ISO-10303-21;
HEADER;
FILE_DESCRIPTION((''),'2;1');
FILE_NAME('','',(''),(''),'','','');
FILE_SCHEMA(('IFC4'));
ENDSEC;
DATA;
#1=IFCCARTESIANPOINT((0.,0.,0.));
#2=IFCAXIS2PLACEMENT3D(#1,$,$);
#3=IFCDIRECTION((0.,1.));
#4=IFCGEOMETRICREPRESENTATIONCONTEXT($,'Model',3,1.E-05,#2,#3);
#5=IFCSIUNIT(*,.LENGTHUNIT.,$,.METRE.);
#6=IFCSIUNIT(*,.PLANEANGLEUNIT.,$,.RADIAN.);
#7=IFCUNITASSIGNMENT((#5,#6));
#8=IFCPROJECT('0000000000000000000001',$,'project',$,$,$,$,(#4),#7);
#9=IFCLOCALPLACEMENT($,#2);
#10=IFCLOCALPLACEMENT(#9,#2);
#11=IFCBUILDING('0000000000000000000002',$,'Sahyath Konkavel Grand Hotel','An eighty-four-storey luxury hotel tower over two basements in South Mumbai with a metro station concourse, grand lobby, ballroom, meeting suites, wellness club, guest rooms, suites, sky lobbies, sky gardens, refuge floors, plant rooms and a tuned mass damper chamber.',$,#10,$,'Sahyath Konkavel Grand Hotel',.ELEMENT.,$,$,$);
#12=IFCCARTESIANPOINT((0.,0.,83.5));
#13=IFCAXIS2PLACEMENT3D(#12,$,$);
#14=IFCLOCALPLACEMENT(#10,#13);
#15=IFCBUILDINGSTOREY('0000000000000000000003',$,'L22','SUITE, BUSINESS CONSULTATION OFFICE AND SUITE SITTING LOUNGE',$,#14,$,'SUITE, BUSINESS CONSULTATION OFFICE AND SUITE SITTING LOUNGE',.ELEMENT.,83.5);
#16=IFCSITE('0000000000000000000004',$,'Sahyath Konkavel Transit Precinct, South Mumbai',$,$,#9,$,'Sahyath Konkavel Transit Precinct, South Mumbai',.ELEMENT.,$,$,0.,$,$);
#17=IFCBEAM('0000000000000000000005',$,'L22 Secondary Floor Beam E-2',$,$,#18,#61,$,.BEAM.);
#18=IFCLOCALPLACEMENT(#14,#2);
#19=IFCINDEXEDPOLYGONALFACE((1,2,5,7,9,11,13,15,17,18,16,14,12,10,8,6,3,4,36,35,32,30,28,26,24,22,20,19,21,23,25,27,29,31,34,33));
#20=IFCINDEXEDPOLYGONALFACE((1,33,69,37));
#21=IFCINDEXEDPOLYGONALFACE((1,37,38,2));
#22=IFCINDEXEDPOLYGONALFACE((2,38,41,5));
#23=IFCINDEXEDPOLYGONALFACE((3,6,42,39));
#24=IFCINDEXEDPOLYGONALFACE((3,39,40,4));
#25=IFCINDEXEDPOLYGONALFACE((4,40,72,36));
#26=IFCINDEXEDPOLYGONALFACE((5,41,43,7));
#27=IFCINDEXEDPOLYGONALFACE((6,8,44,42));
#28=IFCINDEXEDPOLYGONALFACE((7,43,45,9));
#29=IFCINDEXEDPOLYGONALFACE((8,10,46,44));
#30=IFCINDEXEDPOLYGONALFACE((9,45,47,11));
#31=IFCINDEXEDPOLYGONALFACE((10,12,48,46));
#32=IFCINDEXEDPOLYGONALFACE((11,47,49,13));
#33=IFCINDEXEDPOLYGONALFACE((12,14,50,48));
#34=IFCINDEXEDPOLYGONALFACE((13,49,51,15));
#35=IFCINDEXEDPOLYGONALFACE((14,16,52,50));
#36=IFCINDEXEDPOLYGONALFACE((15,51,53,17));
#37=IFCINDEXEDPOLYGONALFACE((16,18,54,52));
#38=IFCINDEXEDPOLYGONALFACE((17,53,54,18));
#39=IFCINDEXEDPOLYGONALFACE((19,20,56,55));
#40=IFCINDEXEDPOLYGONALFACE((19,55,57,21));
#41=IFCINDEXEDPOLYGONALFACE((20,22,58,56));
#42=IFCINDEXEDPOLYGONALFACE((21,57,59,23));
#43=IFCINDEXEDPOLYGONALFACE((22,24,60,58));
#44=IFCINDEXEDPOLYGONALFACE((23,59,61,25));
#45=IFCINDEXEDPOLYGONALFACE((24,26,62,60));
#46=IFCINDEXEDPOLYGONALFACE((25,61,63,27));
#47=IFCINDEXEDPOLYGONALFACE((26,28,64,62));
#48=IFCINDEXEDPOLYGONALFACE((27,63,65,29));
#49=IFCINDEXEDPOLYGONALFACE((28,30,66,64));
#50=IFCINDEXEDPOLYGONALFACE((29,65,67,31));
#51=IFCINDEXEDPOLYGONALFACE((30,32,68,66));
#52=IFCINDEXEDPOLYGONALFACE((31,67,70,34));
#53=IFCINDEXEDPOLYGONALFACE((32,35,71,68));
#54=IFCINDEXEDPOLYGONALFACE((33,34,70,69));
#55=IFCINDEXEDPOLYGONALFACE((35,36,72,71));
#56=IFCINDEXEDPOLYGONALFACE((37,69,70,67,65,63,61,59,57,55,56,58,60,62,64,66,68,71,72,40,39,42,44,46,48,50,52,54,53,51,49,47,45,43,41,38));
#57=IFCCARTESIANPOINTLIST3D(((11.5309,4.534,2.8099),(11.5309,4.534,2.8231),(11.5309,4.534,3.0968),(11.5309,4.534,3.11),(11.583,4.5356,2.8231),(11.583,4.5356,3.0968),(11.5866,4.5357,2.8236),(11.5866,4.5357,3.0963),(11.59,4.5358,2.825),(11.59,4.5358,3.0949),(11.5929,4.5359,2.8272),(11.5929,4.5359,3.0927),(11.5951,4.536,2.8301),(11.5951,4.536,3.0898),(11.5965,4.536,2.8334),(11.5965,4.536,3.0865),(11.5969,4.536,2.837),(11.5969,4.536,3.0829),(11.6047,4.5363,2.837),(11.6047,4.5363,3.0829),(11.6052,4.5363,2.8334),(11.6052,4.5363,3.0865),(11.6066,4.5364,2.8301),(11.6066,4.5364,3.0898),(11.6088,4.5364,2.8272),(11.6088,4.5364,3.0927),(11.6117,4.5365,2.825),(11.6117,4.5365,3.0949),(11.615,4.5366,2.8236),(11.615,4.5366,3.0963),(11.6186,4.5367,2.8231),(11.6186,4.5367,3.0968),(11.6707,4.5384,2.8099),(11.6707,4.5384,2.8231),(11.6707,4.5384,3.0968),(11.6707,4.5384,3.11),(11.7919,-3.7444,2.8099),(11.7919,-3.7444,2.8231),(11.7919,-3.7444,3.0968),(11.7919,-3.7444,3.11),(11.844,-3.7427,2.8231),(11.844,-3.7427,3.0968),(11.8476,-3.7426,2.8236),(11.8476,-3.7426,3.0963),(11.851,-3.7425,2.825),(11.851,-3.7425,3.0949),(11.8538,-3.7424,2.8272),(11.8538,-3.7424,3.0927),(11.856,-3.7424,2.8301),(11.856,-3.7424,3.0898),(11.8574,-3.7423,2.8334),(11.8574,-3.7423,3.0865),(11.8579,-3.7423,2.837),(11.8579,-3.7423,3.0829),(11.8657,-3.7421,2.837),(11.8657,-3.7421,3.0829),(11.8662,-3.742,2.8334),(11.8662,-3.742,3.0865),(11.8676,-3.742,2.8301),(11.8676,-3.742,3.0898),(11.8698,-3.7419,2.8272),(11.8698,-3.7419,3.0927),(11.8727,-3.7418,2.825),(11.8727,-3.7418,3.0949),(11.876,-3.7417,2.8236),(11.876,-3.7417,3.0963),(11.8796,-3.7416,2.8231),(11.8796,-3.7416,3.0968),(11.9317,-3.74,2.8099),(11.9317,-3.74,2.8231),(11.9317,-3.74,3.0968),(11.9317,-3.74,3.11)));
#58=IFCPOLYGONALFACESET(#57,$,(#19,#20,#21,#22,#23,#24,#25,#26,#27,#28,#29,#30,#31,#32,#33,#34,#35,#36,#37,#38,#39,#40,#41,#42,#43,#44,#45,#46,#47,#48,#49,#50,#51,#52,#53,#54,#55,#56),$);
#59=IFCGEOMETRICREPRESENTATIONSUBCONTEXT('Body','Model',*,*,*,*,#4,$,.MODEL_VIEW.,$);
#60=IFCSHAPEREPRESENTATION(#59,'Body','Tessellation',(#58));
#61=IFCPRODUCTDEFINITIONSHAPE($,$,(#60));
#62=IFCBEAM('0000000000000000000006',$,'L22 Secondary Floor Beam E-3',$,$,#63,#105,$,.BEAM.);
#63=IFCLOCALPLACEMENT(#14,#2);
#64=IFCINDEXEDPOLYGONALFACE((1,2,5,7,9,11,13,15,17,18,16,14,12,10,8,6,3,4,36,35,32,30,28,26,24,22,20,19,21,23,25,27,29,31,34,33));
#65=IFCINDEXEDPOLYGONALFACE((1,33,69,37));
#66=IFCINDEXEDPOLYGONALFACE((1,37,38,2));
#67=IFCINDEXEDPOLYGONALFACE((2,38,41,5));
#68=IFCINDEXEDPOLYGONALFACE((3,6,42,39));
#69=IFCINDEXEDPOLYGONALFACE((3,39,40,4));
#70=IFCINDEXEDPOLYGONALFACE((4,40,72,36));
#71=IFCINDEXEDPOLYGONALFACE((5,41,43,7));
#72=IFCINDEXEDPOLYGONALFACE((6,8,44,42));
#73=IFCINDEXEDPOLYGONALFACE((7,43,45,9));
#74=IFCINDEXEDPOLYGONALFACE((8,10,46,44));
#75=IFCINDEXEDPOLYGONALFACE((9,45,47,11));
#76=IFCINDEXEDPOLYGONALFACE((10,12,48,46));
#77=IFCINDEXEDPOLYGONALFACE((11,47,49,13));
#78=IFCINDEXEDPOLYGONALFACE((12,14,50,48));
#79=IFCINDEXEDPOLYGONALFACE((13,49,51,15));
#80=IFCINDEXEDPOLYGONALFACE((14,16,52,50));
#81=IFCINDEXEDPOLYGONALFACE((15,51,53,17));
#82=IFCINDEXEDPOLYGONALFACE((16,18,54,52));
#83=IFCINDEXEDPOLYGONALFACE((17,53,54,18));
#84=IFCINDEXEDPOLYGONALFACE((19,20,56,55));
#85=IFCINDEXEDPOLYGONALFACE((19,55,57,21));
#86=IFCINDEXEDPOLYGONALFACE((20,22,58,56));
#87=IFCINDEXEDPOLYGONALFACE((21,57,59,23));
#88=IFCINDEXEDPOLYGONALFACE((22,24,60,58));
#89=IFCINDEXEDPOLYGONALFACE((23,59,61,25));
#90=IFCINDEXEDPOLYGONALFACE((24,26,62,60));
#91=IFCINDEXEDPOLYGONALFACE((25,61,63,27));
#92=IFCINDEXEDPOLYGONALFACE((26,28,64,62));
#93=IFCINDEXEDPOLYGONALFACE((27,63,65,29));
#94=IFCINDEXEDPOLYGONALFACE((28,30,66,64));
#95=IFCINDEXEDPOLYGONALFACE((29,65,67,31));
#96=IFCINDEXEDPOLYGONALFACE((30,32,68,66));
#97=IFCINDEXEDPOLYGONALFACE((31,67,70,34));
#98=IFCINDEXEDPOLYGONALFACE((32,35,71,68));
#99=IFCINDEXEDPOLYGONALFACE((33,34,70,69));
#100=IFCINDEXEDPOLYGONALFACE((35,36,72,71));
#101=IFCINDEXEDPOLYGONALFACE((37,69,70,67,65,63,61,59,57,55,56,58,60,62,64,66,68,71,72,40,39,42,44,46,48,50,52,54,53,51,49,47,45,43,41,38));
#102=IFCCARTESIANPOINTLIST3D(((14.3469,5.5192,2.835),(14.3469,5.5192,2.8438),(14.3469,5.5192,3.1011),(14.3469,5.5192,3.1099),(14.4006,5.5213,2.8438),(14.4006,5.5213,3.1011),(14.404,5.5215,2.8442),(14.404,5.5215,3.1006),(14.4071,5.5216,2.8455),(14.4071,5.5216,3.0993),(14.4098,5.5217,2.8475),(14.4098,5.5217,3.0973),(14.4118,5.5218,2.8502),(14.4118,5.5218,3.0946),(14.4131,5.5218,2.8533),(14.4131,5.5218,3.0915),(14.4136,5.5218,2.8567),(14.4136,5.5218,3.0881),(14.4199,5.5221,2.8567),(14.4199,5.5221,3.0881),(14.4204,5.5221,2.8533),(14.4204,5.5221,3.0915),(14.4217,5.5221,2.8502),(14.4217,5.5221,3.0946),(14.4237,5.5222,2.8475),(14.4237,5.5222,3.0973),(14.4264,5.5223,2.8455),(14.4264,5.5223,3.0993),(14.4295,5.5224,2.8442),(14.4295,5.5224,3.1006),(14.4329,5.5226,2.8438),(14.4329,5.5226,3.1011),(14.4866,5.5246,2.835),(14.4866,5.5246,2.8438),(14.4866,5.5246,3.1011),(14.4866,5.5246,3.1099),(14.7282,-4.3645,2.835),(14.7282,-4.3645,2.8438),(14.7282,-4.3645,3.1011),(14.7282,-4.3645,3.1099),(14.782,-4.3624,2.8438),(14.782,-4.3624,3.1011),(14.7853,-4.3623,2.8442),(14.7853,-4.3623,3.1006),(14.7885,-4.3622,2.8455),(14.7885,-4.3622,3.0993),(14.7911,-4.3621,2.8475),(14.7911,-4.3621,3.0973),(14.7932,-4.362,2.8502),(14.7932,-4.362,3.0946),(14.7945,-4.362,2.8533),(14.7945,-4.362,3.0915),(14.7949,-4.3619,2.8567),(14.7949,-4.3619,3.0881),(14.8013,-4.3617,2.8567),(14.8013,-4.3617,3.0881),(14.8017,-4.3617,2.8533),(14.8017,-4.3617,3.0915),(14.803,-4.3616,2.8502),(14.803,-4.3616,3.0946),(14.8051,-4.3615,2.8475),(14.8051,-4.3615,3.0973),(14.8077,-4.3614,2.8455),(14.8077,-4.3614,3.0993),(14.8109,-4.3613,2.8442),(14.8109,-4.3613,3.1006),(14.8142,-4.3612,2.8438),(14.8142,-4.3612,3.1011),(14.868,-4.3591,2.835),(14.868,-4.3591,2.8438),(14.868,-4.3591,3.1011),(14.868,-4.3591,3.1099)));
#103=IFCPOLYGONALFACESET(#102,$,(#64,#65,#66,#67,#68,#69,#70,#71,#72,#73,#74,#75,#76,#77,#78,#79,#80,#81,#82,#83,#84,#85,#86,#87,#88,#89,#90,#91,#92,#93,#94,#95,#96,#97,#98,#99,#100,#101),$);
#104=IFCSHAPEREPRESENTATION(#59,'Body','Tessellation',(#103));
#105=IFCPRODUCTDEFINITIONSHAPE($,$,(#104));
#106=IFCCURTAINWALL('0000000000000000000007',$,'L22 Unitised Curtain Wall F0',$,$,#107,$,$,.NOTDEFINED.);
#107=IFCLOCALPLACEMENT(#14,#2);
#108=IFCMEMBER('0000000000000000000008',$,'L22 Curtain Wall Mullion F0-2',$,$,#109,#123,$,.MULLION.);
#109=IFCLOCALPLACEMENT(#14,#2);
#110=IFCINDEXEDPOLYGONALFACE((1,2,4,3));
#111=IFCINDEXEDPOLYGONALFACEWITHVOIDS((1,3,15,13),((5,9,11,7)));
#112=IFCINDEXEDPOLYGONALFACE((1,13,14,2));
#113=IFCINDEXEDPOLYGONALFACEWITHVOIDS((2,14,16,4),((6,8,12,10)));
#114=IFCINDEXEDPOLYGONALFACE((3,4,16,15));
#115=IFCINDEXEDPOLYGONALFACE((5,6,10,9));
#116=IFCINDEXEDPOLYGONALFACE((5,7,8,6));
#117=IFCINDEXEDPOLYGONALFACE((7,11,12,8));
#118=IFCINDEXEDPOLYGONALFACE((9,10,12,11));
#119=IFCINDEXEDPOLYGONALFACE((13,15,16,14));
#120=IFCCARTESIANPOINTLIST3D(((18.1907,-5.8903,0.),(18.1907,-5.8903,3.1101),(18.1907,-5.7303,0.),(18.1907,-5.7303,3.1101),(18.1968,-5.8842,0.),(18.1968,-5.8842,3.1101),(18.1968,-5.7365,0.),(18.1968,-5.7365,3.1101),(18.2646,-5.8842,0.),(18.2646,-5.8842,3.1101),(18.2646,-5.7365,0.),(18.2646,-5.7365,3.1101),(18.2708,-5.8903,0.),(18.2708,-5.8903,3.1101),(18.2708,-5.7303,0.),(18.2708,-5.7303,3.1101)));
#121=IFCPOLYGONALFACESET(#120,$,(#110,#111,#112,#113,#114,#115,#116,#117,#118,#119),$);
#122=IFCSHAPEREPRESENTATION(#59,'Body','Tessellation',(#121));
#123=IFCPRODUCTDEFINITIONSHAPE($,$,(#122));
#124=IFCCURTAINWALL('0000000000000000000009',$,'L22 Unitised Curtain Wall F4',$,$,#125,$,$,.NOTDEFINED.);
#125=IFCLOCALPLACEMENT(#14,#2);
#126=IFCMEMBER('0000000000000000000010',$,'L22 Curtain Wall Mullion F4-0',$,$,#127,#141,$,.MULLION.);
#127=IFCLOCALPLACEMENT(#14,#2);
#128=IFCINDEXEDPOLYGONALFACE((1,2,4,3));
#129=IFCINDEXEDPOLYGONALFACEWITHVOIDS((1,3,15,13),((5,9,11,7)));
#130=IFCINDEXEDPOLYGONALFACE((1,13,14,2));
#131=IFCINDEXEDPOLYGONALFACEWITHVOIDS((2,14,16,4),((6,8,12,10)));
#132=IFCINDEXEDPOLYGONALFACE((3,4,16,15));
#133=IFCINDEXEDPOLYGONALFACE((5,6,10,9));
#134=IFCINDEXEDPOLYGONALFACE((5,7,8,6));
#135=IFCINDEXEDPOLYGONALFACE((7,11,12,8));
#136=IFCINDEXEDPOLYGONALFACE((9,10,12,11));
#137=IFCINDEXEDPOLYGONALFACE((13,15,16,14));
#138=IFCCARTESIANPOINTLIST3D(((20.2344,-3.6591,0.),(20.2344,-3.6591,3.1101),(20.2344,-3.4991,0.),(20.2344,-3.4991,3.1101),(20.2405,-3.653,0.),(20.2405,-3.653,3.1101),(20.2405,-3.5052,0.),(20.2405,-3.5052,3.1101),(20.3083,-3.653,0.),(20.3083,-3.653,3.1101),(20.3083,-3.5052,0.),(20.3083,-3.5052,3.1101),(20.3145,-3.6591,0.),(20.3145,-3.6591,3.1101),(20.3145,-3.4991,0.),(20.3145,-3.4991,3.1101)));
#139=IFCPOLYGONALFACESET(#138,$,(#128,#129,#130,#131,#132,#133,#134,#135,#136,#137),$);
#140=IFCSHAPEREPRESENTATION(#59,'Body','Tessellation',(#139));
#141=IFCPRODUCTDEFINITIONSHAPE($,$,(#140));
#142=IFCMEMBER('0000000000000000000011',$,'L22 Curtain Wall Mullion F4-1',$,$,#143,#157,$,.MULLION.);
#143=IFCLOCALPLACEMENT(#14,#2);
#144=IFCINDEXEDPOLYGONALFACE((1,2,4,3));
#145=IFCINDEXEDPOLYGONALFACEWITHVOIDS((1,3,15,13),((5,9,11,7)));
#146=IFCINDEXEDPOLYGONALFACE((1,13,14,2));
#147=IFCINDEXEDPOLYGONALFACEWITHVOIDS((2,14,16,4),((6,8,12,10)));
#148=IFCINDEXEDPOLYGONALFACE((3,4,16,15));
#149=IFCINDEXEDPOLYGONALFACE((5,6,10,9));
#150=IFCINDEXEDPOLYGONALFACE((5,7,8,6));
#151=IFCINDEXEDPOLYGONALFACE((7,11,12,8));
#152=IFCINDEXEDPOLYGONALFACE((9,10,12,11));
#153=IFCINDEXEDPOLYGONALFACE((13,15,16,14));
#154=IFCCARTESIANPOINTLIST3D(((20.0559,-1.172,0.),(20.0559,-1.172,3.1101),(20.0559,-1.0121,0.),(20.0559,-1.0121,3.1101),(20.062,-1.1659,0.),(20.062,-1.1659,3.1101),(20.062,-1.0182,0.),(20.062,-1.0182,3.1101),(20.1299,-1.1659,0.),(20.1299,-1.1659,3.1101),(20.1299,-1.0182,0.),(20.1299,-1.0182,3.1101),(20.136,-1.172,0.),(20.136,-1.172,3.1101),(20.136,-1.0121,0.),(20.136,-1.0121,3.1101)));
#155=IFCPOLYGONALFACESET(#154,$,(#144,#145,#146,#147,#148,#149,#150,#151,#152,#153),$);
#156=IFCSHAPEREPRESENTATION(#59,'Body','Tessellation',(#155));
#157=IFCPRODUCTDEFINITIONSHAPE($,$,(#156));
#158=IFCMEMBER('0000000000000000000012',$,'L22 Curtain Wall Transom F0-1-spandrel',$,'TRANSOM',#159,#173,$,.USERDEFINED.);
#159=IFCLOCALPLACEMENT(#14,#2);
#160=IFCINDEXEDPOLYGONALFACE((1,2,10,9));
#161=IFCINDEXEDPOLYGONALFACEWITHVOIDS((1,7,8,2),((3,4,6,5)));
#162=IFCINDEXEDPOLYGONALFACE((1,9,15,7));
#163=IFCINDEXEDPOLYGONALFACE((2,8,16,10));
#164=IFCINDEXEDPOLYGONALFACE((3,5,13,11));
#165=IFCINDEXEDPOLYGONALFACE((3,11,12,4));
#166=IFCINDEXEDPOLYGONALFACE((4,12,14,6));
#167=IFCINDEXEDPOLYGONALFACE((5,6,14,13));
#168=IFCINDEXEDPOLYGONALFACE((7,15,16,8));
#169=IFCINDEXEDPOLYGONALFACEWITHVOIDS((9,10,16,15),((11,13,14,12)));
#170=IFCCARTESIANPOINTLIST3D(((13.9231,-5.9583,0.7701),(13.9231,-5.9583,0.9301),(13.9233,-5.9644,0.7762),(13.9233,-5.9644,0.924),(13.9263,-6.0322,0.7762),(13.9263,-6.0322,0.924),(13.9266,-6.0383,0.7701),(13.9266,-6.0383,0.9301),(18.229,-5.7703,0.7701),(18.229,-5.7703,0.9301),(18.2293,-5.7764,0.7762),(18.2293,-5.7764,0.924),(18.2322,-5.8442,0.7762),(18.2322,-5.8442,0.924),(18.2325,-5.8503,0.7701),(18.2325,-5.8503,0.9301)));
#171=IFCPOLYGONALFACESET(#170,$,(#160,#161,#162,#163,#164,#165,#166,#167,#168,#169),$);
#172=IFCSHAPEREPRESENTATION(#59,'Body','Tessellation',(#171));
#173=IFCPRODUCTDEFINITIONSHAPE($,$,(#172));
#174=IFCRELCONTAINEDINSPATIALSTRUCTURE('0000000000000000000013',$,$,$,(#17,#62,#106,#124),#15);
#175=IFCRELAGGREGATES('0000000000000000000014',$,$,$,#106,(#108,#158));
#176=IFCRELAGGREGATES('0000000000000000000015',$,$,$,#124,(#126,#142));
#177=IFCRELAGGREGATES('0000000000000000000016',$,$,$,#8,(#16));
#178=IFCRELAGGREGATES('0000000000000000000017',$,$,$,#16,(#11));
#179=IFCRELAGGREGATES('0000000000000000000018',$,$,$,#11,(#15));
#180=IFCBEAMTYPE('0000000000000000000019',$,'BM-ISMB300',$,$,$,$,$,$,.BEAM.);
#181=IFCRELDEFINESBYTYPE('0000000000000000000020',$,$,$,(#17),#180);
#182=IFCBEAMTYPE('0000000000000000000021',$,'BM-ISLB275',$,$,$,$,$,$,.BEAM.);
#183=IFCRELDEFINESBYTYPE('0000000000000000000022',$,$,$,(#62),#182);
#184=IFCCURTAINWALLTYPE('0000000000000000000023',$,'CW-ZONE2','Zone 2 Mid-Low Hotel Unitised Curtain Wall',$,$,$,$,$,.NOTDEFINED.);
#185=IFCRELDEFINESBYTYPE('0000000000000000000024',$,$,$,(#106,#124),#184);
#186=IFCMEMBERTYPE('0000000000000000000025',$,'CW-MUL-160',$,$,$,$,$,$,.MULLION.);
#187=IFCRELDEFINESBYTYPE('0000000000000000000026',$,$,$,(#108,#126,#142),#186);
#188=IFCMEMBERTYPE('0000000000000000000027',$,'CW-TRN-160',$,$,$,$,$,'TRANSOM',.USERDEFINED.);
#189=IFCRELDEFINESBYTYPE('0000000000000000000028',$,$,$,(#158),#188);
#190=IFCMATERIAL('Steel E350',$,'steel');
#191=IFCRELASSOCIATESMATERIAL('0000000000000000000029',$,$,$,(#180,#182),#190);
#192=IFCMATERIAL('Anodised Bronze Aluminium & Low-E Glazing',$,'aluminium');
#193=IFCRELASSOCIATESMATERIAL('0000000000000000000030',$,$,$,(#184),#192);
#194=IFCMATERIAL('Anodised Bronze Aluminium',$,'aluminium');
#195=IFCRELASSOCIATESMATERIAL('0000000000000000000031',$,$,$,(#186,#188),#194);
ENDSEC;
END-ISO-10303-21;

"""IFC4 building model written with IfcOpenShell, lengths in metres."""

from ifc_helpers import new_model, si_unit, direction, frame, origin, origin_2d, place, context, subcontext, project, spatial, hollow_rectangle, i_section, extrude, source, transform, mapped, material, material_profile, profile_set, type_object, element, aggregate, save


model = new_model("IFC4")

# Units and contexts
model_context = context("Model", 3, precision=1e-05, world=origin(), true_north=direction((0.0, 1.0)))
body_context = subcontext(model_context, "Body", "Model", "MODEL_VIEW")
ifc_project = project(units=[si_unit("LENGTHUNIT", "METRE"), si_unit("PLANEANGLEUNIT", "RADIAN")], contexts=[model_context])

# Site, building, storey
site_placement = place(None, origin())
site = spatial("IfcSite", under=ifc_project, at=site_placement, Name="Sahyath Konkavel Transit Precinct, South Mumbai", LongName="Sahyath Konkavel Transit Precinct, South Mumbai", CompositionType="ELEMENT", RefElevation=0.0)
building_placement = place(site_placement, origin())
building = spatial("IfcBuilding", under=site, at=building_placement, Name="Sahyath Konkavel Grand Hotel", Description="An eighty-four-storey luxury hotel tower over two basements in South Mumbai with a metro station concourse, grand lobby, ballroom, meeting suites, wellness club, guest rooms, suites, sky lobbies, sky gardens, refuge floors, plant rooms and a tuned mass damper chamber.", LongName="Sahyath Konkavel Grand Hotel", CompositionType="ELEMENT")
storey_placement = place(building_placement, frame((0.0, 0.0, 83.5)))
storey = spatial("IfcBuildingStorey", under=building, at=storey_placement, Name="L22", Description="SUITE, BUSINESS CONSULTATION OFFICE AND SUITE SITTING LOUNGE", LongName="SUITE, BUSINESS CONSULTATION OFFICE AND SUITE SITTING LOUNGE", CompositionType="ELEMENT", Elevation=83.5)

# Beams
ifc_material_1 = material(Name="Steel E350", Category="steel")
ifc_material_profile_1 = material_profile(ifc_material_1, i_section(OverallWidth=0.1399, OverallDepth=0.3, WebThickness=0.0078, FlangeThickness=0.0132, FilletRadius=0.0139, at=origin_2d()), Name="ISMB 300")
ifc_profile_set_1 = profile_set([ifc_material_profile_1], Name="Steel E350")
beam_type_1 = type_object("IfcBeamType", Name="BM-ISMB300", PredefinedType="BEAM", material=ifc_profile_set_1)
shared_shape_1 = source(origin(), body_context, "Body", "SweptSolid", [
    extrude(i_section(OverallWidth=0.1399, OverallDepth=0.3, WebThickness=0.0078, FlangeThickness=0.0132, FilletRadius=0.0139, at=origin_2d()), origin(), (0.0, 0.0, 1.0), 8.2825),
])
beam_1_placement = place(storey_placement, frame((11.8618, -3.7422, 2.96), z_axis=(-0.031511, 0.999503, 0.0), x_axis=(-0.999503, -0.031511, 0.0)))
element("IfcBeam", 1, at=beam_1_placement, inside=storey, type_object=beam_type_1, Name="L22 Secondary Floor Beam E-2", PredefinedType="BEAM", context=body_context, shape_type="MappedRepresentation", body=[
    mapped(shared_shape_1, transform((0.0, 0.0, 0.0), scale=1.0)),
])
ifc_material_profile_2 = material_profile(ifc_material_1, i_section(OverallWidth=0.1399, OverallDepth=0.2749, WebThickness=0.0063, FlangeThickness=0.0088, FilletRadius=0.0129, at=origin_2d()), Name="ISLB 275")
ifc_profile_set_2 = profile_set([ifc_material_profile_2], Name="Steel E350")
beam_type_2 = type_object("IfcBeamType", Name="BM-ISLB275", PredefinedType="BEAM", material=ifc_profile_set_2)
shared_shape_2 = source(origin(), body_context, "Body", "SweptSolid", [
    extrude(i_section(OverallWidth=0.1399, OverallDepth=0.2749, WebThickness=0.0063, FlangeThickness=0.0088, FilletRadius=0.0129, at=origin_2d()), origin(), (0.0, 0.0, 1.0), 9.8911),
])
beam_2_placement = place(storey_placement, frame((14.7981, -4.3618, 2.9724), z_axis=(-0.038554, 0.999257, 0.0), x_axis=(-0.999257, -0.038554, 0.0)))
element("IfcBeam", 2, at=beam_2_placement, inside=storey, type_object=beam_type_2, Name="L22 Secondary Floor Beam E-3", PredefinedType="BEAM", context=body_context, shape_type="MappedRepresentation", body=[
    mapped(shared_shape_2, transform((0.0, 0.0, 0.0), scale=1.0)),
])

# Curtain wall, member
ifc_material_2 = material(Name="Anodised Bronze Aluminium & Low-E Glazing", Category="aluminium")
curtain_wall_type = type_object("IfcCurtainWallType", Name="CW-ZONE2", Description="Zone 2 Mid-Low Hotel Unitised Curtain Wall", PredefinedType="NOTDEFINED", material=ifc_material_2)
curtain_wall_1_placement = place(storey_placement, origin())
curtain_wall_1 = element("IfcCurtainWall", 3, at=curtain_wall_1_placement, inside=storey, type_object=curtain_wall_type, Name="L22 Unitised Curtain Wall F0", PredefinedType="NOTDEFINED")
ifc_material_3 = material(Name="Anodised Bronze Aluminium", Category="aluminium")
ifc_material_profile_3 = material_profile(ifc_material_3, hollow_rectangle(XDim=0.0801, YDim=0.1599, WallThickness=0.0061, at=origin_2d()), Name="RHS 160x80x6")
ifc_profile_set_3 = profile_set([ifc_material_profile_3], Name="Anodised Bronze Aluminium")
member_type_1 = type_object("IfcMemberType", Name="CW-MUL-160", PredefinedType="MULLION", material=ifc_profile_set_3)
shared_shape_3 = source(origin(), body_context, "Body", "SweptSolid", [
    extrude(hollow_rectangle(XDim=0.0801, YDim=0.1599, WallThickness=0.0061, at=origin_2d()), origin(), (0.0, 0.0, 1.0), 3.1101),
])
member_1_placement = place(storey_placement, frame((18.2307, -5.8103, 0.0), z_axis=(0.0, 0.0, 1.0), x_axis=(1.0, 0.0, 0.0)))
member_1 = element("IfcMember", 4, at=member_1_placement, type_object=member_type_1, Name="L22 Curtain Wall Mullion F0-2", PredefinedType="MULLION", context=body_context, shape_type="MappedRepresentation", body=[
    mapped(shared_shape_3, transform((0.0, 0.0, 0.0), scale=1.0)),
])

# Curtain wall, members
curtain_wall_2_placement = place(storey_placement, origin())
curtain_wall_2 = element("IfcCurtainWall", 5, at=curtain_wall_2_placement, inside=storey, type_object=curtain_wall_type, Name="L22 Unitised Curtain Wall F4", PredefinedType="NOTDEFINED")
member_2_placement = place(storey_placement, frame((20.2744, -3.5791, 0.0), z_axis=(0.0, 0.0, 1.0), x_axis=(1.0, 0.0, 0.0)))
member_2 = element("IfcMember", 6, at=member_2_placement, type_object=member_type_1, Name="L22 Curtain Wall Mullion F4-0", PredefinedType="MULLION", context=body_context, shape_type="MappedRepresentation", body=[
    mapped(shared_shape_3, transform((0.0, 0.0, 0.0), scale=1.0)),
])
member_3_placement = place(storey_placement, frame((20.0959, -1.092, 0.0), z_axis=(0.0, 0.0, 1.0), x_axis=(1.0, 0.0, 0.0)))
member_3 = element("IfcMember", 7, at=member_3_placement, type_object=member_type_1, Name="L22 Curtain Wall Mullion F4-1", PredefinedType="MULLION", context=body_context, shape_type="MappedRepresentation", body=[
    mapped(shared_shape_3, transform((0.0, 0.0, 0.0), scale=1.0)),
])

# Member
ifc_material_profile_4 = material_profile(ifc_material_3, hollow_rectangle(XDim=0.0801, YDim=0.1599, WallThickness=0.0061, at=origin_2d()), Name="RHS 160x80x6")
ifc_profile_set_4 = profile_set([ifc_material_profile_4], Name="Anodised Bronze Aluminium")
member_type_2 = type_object("IfcMemberType", Name="CW-TRN-160", ElementType="TRANSOM", PredefinedType="USERDEFINED", material=ifc_profile_set_4)
shared_shape_4 = source(origin(), body_context, "Body", "SweptSolid", [
    extrude(hollow_rectangle(XDim=0.0801, YDim=0.1599, WallThickness=0.0061, at=origin_2d()), origin(), (0.0, 0.0, 1.0), 4.3101),
])
member_4_placement = place(storey_placement, frame((13.9248, -5.9983, 0.8501), z_axis=(0.999048, 0.043617, 0.0), x_axis=(-0.043617, 0.999048, 0.0)))
member_4 = element("IfcMember", 8, at=member_4_placement, type_object=member_type_2, Name="L22 Curtain Wall Transom F0-1-spandrel", ObjectType="TRANSOM", PredefinedType="USERDEFINED", context=body_context, shape_type="MappedRepresentation", body=[
    mapped(shared_shape_4, transform((0.0, 0.0, 0.0), scale=1.0)),
])

aggregate(curtain_wall_1, [member_1, member_4])
aggregate(curtain_wall_2, [member_2, member_3])

save(model, "model.ifc")
